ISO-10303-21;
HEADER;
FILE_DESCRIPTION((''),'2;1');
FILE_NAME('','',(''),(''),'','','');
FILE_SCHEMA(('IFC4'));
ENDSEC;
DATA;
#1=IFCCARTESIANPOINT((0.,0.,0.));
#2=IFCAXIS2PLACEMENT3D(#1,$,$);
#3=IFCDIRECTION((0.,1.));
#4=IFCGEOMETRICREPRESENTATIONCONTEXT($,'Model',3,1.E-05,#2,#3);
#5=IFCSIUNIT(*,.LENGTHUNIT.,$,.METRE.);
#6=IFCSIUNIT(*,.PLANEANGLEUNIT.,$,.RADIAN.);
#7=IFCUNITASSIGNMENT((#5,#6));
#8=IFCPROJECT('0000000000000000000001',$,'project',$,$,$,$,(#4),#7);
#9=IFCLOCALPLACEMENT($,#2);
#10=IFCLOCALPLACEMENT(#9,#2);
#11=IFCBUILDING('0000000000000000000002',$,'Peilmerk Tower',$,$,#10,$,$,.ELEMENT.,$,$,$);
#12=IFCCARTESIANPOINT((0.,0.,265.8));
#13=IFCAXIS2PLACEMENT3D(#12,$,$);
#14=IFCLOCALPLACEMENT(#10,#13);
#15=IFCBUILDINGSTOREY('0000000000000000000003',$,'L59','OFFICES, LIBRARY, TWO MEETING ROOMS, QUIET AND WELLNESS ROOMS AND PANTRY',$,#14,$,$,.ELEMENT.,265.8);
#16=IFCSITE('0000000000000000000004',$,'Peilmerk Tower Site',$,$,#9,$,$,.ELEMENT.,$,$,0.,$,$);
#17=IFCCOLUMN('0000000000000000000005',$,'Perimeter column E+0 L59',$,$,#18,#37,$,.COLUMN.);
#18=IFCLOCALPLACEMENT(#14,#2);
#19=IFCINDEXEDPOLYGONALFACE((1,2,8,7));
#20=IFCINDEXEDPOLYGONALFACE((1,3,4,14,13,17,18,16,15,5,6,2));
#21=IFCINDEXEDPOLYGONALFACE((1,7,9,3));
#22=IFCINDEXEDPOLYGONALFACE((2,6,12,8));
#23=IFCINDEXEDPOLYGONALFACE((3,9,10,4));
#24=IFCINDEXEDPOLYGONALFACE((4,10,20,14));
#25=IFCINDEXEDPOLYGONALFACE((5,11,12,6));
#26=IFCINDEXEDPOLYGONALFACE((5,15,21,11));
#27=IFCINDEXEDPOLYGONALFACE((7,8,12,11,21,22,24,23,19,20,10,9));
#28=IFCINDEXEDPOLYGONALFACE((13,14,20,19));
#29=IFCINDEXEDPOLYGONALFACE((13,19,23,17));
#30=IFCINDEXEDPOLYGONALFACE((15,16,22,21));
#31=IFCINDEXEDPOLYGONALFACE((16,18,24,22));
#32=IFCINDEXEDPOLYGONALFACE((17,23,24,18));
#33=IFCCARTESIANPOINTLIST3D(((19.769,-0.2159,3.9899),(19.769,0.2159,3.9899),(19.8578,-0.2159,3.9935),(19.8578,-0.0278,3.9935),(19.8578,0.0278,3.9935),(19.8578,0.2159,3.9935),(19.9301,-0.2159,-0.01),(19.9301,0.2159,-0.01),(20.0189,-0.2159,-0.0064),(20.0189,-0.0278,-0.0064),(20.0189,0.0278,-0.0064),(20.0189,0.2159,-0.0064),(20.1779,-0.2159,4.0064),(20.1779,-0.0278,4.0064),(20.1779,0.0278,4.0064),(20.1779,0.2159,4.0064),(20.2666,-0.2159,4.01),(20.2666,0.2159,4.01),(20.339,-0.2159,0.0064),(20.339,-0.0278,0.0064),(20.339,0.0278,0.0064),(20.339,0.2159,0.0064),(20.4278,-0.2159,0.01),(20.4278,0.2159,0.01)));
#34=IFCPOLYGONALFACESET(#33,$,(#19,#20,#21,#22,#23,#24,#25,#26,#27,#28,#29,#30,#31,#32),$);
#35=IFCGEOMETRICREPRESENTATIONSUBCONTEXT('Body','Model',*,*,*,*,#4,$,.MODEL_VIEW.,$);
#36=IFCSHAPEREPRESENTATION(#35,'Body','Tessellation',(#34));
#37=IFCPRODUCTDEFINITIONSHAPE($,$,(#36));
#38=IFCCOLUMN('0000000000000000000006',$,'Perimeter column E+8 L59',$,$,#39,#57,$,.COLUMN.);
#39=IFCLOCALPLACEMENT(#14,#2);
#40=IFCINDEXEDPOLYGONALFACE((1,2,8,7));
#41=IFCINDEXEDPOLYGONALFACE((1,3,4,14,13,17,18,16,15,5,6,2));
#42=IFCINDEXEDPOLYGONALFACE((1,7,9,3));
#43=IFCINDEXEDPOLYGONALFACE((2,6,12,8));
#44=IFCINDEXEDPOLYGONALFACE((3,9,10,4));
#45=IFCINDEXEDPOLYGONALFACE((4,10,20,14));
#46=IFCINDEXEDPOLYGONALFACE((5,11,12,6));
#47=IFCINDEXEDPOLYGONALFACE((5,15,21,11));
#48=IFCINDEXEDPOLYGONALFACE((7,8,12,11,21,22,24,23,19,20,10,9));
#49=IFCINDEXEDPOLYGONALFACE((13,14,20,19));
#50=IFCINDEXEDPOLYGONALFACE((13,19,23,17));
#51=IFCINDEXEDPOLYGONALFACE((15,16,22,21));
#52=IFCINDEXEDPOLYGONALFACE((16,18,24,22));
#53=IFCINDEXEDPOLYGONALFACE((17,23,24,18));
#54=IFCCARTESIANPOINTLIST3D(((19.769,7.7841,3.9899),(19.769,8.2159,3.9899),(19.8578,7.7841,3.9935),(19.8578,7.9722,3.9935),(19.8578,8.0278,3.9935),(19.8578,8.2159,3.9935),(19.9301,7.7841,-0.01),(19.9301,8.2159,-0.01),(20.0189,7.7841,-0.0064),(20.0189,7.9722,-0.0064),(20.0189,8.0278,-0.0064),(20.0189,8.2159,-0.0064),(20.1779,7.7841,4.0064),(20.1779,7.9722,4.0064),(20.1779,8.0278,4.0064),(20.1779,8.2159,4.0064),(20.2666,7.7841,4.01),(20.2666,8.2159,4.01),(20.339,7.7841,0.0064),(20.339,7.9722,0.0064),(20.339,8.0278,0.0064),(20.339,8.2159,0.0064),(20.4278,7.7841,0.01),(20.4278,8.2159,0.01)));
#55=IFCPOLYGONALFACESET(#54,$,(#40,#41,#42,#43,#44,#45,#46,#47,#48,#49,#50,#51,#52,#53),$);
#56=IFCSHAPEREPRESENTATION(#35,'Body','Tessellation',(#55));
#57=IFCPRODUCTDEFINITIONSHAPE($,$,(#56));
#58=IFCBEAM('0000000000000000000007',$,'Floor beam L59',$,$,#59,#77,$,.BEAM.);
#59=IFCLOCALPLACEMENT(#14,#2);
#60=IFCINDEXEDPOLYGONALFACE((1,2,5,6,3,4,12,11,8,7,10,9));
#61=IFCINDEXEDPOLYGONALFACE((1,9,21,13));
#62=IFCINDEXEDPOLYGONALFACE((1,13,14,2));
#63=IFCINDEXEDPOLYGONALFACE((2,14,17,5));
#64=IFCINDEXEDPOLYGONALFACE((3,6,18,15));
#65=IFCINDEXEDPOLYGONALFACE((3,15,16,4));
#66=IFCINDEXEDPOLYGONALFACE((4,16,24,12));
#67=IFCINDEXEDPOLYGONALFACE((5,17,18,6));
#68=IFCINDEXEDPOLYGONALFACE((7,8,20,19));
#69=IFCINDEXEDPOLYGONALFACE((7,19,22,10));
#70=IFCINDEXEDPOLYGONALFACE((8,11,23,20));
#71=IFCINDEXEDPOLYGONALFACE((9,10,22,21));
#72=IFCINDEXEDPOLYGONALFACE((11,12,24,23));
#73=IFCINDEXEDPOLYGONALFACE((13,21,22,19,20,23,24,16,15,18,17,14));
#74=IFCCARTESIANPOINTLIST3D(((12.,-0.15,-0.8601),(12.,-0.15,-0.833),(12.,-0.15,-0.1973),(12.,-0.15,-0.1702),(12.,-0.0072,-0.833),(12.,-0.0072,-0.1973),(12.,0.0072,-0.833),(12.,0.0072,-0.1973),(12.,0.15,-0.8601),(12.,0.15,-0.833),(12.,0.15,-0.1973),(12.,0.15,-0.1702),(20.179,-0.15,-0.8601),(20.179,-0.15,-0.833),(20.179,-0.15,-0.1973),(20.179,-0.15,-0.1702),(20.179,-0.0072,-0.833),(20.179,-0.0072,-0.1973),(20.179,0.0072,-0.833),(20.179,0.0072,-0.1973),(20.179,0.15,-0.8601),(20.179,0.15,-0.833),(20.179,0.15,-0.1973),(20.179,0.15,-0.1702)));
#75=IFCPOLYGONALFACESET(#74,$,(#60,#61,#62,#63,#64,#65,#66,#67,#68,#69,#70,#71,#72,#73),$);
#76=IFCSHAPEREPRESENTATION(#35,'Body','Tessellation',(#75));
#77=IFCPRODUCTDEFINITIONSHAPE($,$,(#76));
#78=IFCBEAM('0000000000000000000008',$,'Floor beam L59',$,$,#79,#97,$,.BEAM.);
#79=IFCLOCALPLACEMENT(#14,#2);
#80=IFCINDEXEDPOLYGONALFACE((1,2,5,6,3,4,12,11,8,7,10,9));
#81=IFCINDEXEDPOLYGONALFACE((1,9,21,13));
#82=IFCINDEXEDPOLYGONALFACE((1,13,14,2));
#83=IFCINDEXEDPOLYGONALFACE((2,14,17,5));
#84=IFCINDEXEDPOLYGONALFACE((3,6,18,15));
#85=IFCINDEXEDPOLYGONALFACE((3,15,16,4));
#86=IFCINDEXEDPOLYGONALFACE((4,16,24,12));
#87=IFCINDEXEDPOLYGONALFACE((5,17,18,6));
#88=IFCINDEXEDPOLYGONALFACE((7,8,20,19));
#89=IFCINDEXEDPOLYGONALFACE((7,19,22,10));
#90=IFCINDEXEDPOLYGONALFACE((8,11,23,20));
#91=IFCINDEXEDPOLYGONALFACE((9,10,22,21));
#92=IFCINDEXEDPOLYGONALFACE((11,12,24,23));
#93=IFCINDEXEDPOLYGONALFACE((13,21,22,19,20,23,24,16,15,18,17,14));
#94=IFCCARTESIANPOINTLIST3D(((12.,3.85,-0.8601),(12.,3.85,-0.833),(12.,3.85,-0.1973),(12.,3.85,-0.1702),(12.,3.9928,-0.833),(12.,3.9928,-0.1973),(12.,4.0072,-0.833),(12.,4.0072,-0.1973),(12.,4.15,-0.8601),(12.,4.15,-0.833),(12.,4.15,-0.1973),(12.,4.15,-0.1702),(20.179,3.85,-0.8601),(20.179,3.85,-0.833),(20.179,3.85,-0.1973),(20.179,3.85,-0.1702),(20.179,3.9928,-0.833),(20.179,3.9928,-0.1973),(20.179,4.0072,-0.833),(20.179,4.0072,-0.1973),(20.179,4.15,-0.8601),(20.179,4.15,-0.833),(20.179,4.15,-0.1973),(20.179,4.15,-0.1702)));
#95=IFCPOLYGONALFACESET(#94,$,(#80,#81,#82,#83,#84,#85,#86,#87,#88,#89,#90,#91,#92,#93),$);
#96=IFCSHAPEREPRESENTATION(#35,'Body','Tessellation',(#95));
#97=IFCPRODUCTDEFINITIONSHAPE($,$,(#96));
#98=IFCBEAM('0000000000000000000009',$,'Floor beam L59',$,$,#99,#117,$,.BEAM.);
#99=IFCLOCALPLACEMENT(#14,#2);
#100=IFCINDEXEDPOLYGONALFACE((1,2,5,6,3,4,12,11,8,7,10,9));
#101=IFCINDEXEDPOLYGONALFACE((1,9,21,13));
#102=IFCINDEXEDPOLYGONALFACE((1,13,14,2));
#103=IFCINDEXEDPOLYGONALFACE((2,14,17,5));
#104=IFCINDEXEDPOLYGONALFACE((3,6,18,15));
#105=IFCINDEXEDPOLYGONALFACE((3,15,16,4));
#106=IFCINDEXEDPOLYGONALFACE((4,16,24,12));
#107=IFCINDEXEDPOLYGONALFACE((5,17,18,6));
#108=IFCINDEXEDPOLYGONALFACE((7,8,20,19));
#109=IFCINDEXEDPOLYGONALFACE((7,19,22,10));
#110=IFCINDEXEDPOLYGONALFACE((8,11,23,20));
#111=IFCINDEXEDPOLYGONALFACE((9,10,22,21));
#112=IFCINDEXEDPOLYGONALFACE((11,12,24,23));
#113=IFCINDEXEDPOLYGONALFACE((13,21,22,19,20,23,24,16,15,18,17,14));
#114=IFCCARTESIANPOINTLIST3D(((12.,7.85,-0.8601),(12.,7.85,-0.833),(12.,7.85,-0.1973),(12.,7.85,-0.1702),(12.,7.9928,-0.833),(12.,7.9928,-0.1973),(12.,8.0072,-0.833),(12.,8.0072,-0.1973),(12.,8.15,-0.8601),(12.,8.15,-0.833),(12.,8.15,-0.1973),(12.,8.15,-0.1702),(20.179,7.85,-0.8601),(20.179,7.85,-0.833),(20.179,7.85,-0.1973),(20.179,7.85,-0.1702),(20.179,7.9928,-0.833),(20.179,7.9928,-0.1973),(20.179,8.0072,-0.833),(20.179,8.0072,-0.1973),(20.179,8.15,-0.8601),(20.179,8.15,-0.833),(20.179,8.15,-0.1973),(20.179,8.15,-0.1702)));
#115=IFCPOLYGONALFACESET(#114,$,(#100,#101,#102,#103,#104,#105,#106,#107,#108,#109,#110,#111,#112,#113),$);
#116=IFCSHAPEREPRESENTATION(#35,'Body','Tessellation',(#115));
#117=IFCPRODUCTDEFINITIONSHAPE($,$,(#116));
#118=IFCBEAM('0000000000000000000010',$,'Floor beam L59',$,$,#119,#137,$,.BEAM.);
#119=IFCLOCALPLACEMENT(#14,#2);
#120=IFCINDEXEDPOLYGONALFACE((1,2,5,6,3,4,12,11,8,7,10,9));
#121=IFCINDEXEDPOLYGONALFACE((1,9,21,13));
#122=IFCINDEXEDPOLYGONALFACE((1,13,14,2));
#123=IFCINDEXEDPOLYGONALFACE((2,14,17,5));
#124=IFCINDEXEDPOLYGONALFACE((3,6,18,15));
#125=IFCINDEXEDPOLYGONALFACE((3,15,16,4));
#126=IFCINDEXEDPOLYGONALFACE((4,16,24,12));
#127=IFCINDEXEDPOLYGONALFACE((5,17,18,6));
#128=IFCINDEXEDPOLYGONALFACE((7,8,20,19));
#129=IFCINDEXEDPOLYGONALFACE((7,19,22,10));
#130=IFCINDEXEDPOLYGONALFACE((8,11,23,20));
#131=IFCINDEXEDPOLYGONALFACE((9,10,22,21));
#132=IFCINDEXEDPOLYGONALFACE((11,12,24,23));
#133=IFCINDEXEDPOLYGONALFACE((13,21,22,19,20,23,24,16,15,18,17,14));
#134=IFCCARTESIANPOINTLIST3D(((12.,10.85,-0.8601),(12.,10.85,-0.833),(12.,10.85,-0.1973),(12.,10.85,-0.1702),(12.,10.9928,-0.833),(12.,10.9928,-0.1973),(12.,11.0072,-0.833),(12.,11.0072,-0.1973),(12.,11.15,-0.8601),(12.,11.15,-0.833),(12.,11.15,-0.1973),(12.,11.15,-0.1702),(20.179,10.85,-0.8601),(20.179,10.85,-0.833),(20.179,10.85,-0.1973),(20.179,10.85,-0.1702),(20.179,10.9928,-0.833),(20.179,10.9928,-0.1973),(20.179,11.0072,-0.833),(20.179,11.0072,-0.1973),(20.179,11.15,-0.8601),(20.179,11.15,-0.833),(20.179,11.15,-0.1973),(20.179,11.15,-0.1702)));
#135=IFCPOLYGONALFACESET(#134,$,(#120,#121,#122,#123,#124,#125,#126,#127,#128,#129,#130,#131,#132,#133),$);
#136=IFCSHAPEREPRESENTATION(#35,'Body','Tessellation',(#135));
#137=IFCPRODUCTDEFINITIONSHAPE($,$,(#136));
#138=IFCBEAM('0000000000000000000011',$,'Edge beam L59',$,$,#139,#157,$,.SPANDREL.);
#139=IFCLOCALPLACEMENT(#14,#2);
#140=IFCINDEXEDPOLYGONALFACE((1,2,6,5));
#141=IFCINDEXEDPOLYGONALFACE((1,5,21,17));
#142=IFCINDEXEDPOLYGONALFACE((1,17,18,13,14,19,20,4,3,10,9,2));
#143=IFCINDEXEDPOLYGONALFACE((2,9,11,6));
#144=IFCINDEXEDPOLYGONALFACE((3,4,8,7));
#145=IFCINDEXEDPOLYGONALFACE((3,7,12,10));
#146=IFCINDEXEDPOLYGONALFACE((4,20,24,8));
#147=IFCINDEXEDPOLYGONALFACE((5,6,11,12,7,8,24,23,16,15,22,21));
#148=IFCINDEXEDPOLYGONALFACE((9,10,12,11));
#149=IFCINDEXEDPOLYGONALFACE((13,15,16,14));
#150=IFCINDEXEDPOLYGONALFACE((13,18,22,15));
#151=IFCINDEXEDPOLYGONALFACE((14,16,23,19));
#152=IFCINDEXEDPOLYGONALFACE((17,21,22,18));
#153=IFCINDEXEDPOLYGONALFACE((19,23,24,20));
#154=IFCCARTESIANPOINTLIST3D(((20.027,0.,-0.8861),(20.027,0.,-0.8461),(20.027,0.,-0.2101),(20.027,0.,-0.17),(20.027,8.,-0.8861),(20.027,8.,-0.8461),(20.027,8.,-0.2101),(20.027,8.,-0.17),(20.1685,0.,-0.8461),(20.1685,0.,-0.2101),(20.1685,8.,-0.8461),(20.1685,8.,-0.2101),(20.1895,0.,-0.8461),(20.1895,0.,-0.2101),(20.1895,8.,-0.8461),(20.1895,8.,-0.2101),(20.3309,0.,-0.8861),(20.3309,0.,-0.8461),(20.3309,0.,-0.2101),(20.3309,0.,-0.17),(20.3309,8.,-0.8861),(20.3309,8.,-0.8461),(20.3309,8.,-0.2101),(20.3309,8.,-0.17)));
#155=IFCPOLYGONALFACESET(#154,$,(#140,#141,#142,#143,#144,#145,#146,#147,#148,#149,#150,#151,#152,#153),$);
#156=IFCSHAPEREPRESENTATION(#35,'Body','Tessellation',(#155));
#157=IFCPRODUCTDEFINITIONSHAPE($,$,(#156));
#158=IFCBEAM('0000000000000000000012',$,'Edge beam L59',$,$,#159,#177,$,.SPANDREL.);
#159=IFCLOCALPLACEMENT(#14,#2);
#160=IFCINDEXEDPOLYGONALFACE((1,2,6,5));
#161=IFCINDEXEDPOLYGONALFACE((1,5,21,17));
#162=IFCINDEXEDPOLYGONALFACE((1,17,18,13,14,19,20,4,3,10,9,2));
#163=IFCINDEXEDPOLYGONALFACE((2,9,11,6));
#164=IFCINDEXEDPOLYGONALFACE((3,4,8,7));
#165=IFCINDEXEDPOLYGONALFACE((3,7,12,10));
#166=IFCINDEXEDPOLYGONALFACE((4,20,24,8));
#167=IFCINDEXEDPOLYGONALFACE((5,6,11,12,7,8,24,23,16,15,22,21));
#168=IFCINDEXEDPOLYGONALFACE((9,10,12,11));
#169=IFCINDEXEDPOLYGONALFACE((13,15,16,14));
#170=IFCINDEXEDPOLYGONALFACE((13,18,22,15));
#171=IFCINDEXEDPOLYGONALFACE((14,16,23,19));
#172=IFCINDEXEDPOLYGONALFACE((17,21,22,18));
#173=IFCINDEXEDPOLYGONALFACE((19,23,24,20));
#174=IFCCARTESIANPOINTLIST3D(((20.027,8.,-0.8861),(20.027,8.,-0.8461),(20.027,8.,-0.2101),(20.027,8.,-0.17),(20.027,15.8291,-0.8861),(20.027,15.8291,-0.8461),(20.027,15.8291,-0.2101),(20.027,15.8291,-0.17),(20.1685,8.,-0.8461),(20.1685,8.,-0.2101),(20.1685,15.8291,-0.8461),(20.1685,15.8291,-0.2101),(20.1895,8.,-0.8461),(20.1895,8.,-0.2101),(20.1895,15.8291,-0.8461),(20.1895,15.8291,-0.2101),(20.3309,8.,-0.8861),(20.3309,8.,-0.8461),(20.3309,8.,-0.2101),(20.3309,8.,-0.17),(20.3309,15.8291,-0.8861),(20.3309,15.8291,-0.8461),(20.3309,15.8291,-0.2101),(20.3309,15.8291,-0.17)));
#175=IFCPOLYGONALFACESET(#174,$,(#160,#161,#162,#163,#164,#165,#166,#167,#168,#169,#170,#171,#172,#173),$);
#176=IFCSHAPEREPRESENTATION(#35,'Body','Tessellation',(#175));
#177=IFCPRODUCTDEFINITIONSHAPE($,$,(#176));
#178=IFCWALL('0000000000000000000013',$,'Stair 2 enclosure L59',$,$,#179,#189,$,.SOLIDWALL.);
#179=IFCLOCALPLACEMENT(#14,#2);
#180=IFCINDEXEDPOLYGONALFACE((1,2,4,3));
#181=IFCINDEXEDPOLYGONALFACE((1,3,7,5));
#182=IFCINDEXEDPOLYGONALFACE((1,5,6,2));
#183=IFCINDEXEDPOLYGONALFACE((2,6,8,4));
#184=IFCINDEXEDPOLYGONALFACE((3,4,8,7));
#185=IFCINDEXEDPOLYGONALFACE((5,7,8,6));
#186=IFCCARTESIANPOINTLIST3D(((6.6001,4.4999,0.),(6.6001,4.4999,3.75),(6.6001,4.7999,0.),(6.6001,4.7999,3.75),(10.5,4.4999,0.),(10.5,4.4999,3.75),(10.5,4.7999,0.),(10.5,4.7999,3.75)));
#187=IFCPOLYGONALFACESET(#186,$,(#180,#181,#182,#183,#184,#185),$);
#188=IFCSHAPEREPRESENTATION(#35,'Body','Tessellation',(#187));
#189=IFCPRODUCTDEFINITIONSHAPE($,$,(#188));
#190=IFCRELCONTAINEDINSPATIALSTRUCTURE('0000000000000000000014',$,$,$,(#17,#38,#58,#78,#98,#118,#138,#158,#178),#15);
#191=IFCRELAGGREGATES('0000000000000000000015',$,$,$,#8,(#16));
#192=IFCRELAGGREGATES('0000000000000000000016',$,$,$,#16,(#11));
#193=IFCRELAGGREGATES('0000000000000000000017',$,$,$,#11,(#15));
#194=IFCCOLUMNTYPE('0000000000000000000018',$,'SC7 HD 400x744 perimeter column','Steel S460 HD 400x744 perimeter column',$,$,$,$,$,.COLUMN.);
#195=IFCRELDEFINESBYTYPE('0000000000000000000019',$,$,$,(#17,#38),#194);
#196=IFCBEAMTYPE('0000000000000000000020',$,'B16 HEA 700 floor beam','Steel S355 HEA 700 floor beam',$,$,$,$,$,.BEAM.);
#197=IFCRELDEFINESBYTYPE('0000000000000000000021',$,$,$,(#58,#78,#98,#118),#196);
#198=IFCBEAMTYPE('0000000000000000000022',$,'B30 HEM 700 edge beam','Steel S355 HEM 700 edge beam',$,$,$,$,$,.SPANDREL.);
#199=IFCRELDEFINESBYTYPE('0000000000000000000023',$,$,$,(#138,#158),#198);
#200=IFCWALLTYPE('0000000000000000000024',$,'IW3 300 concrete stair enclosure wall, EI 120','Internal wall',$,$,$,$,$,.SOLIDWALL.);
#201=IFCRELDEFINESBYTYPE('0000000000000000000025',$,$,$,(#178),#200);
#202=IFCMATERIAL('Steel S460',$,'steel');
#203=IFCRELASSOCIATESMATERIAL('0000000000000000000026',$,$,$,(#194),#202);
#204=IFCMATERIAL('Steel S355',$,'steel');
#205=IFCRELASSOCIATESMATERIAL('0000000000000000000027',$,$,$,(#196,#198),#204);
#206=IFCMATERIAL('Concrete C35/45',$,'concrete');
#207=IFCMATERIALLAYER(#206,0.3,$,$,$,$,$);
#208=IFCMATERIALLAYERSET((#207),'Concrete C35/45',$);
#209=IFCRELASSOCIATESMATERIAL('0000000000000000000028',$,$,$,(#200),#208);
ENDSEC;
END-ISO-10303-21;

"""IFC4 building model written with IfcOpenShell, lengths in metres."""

from ifc_helpers import new_model, si_unit, direction, frame, frame_2d, origin, origin_2d, place, context, subcontext, project, spatial, rectangle, i_section, extrude, material, layer, layer_set, material_profile, profile_set, type_object, element, save


model = new_model("IFC4")

# Units and contexts
model_context = context("Model", 3, precision=1e-05, world=origin(), true_north=direction((0.0, 1.0)))
body_context = subcontext(model_context, "Body", "Model", "MODEL_VIEW")
ifc_project = project(units=[si_unit("LENGTHUNIT", "METRE"), si_unit("PLANEANGLEUNIT", "RADIAN")], contexts=[model_context])

# Site, building, storey
site_placement = place(None, origin())
site = spatial("IfcSite", under=ifc_project, at=site_placement, Name="Peilmerk Tower Site", CompositionType="ELEMENT", RefElevation=0.0)
building_placement = place(site_placement, origin())
building = spatial("IfcBuilding", under=site, at=building_placement, Name="Peilmerk Tower", CompositionType="ELEMENT")
storey_placement = place(building_placement, frame((0.0, 0.0, 265.8)))
storey = spatial("IfcBuildingStorey", under=building, at=storey_placement, Name="L59", Description="OFFICES, LIBRARY, TWO MEETING ROOMS, QUIET AND WELLNESS ROOMS AND PANTRY", CompositionType="ELEMENT", Elevation=265.8)

# Columns
ifc_material_1 = material(Name="Steel S460", Category="steel")
ifc_material_profile_1 = material_profile(ifc_material_1, i_section(OverallWidth=0.4319, OverallDepth=0.498, WebThickness=0.0557, FlangeThickness=0.0889, at=origin_2d()), Name="HD 400x744")
ifc_profile_set_1 = profile_set([ifc_material_profile_1], Name="Steel S460")
column_type = type_object("IfcColumnType", Name="SC7 HD 400x744 perimeter column", Description="Steel S460 HD 400x744 perimeter column", PredefinedType="COLUMN", material=ifc_profile_set_1)
for number, where, z_axis, x_axis, name in (
    (1, (20.179, 0.0, 0.0), (-0.040251, 0.0, 0.99919), (0.0, -1.0, 0.0), "Perimeter column E+0 L59"),
    (2, (20.179, 8.0, 0.0), (-0.040251, 0.0, 0.99919), (0.0, -1.0, 0.0), "Perimeter column E+8 L59"),
):
    element("IfcColumn", number, at=place(storey_placement, frame(where, z_axis=z_axis, x_axis=x_axis)), inside=storey, type_object=column_type, Name=name, PredefinedType="COLUMN", context=body_context, shape_type="SweptSolid", body=[
        extrude(i_section(OverallWidth=0.4319, OverallDepth=0.498, WebThickness=0.0557, FlangeThickness=0.0889, at=origin_2d()), origin(), (0.0, 0.0, 1.0), 4.0032),
    ])

# Beams
ifc_material_2 = material(Name="Steel S355", Category="steel")
ifc_material_profile_2 = material_profile(ifc_material_2, i_section(OverallWidth=0.3, OverallDepth=0.6899, WebThickness=0.0144, FlangeThickness=0.0271, at=origin_2d()), Name="HEA 700")
ifc_profile_set_2 = profile_set([ifc_material_profile_2], Name="Steel S355")
beam_type_1 = type_object("IfcBeamType", Name="B16 HEA 700 floor beam", Description="Steel S355 HEA 700 floor beam", PredefinedType="BEAM", material=ifc_profile_set_2)
for number, where, z_axis, x_axis, name in (
    (3, (12.0, 0.0, -0.5151), (1.0, 0.0, 0.0), (0.0, 1.0, 0.0), "Floor beam L59"),
    (4, (12.0, 4.0, -0.5151), (1.0, 0.0, 0.0), (0.0, 1.0, 0.0), "Floor beam L59"),
    (5, (12.0, 8.0, -0.5151), (1.0, 0.0, 0.0), (0.0, 1.0, 0.0), "Floor beam L59"),
    (6, (12.0, 11.0, -0.5151), (1.0, 0.0, 0.0), (0.0, 1.0, 0.0), "Floor beam L59"),
):
    element("IfcBeam", number, at=place(storey_placement, frame(where, z_axis=z_axis, x_axis=x_axis)), inside=storey, type_object=beam_type_1, Name=name, PredefinedType="BEAM", context=body_context, shape_type="SweptSolid", body=[
        extrude(i_section(OverallWidth=0.3, OverallDepth=0.6899, WebThickness=0.0144, FlangeThickness=0.0271, at=origin_2d()), origin(), (0.0, 0.0, 1.0), 8.179),
    ])
ifc_material_profile_3 = material_profile(ifc_material_2, i_section(OverallWidth=0.304, OverallDepth=0.7161, WebThickness=0.021, FlangeThickness=0.04, at=origin_2d()), Name="HEM 700")
ifc_profile_set_3 = profile_set([ifc_material_profile_3], Name="Steel S355")
beam_type_2 = type_object("IfcBeamType", Name="B30 HEM 700 edge beam", Description="Steel S355 HEM 700 edge beam", PredefinedType="SPANDREL", material=ifc_profile_set_3)
beam_1_placement = place(storey_placement, frame((20.179, 0.0, -0.5281), z_axis=(0.0, 1.0, 0.0), x_axis=(-1.0, 0.0, 0.0)))
element("IfcBeam", 7, at=beam_1_placement, inside=storey, type_object=beam_type_2, Name="Edge beam L59", PredefinedType="SPANDREL", context=body_context, shape_type="SweptSolid", body=[
    extrude(i_section(OverallWidth=0.304, OverallDepth=0.7161, WebThickness=0.021, FlangeThickness=0.04, at=origin_2d()), origin(), (0.0, 0.0, 1.0), 8.0),
])
beam_2_placement = place(storey_placement, frame((20.179, 8.0, -0.5281), z_axis=(0.0, 1.0, 0.0), x_axis=(-1.0, 0.0, 0.0)))
element("IfcBeam", 8, at=beam_2_placement, inside=storey, type_object=beam_type_2, Name="Edge beam L59", PredefinedType="SPANDREL", context=body_context, shape_type="SweptSolid", body=[
    extrude(i_section(OverallWidth=0.304, OverallDepth=0.7161, WebThickness=0.021, FlangeThickness=0.04, at=origin_2d()), origin(), (0.0, 0.0, 1.0), 7.8291),
])

# Wall
ifc_material_3 = material(Name="Concrete C35/45", Category="concrete")
ifc_layer_1 = layer(ifc_material_3, 0.3)
ifc_layer_set_1 = layer_set([ifc_layer_1], Name="Concrete C35/45")
wall_type_1 = type_object("IfcWallType", Name="IW3 300 concrete stair enclosure wall, EI 120", Description="Internal wall", PredefinedType="SOLIDWALL", material=ifc_layer_set_1)
wall_1_placement = place(storey_placement, frame((6.6001, 4.6499, 0.0), z_axis=(0.0, 0.0, 1.0), x_axis=(1.0, 0.0, 0.0)))
element("IfcWall", 9, at=wall_1_placement, inside=storey, type_object=wall_type_1, Name="Stair 2 enclosure L59", PredefinedType="SOLIDWALL", context=body_context, shape_type="SweptSolid", body=[
    extrude(rectangle(XDim=3.8999, YDim=0.3, at=frame_2d((1.95, 0.0))), origin(), (0.0, 0.0, 1.0), 3.75),
])

save(model, "model.ifc")
